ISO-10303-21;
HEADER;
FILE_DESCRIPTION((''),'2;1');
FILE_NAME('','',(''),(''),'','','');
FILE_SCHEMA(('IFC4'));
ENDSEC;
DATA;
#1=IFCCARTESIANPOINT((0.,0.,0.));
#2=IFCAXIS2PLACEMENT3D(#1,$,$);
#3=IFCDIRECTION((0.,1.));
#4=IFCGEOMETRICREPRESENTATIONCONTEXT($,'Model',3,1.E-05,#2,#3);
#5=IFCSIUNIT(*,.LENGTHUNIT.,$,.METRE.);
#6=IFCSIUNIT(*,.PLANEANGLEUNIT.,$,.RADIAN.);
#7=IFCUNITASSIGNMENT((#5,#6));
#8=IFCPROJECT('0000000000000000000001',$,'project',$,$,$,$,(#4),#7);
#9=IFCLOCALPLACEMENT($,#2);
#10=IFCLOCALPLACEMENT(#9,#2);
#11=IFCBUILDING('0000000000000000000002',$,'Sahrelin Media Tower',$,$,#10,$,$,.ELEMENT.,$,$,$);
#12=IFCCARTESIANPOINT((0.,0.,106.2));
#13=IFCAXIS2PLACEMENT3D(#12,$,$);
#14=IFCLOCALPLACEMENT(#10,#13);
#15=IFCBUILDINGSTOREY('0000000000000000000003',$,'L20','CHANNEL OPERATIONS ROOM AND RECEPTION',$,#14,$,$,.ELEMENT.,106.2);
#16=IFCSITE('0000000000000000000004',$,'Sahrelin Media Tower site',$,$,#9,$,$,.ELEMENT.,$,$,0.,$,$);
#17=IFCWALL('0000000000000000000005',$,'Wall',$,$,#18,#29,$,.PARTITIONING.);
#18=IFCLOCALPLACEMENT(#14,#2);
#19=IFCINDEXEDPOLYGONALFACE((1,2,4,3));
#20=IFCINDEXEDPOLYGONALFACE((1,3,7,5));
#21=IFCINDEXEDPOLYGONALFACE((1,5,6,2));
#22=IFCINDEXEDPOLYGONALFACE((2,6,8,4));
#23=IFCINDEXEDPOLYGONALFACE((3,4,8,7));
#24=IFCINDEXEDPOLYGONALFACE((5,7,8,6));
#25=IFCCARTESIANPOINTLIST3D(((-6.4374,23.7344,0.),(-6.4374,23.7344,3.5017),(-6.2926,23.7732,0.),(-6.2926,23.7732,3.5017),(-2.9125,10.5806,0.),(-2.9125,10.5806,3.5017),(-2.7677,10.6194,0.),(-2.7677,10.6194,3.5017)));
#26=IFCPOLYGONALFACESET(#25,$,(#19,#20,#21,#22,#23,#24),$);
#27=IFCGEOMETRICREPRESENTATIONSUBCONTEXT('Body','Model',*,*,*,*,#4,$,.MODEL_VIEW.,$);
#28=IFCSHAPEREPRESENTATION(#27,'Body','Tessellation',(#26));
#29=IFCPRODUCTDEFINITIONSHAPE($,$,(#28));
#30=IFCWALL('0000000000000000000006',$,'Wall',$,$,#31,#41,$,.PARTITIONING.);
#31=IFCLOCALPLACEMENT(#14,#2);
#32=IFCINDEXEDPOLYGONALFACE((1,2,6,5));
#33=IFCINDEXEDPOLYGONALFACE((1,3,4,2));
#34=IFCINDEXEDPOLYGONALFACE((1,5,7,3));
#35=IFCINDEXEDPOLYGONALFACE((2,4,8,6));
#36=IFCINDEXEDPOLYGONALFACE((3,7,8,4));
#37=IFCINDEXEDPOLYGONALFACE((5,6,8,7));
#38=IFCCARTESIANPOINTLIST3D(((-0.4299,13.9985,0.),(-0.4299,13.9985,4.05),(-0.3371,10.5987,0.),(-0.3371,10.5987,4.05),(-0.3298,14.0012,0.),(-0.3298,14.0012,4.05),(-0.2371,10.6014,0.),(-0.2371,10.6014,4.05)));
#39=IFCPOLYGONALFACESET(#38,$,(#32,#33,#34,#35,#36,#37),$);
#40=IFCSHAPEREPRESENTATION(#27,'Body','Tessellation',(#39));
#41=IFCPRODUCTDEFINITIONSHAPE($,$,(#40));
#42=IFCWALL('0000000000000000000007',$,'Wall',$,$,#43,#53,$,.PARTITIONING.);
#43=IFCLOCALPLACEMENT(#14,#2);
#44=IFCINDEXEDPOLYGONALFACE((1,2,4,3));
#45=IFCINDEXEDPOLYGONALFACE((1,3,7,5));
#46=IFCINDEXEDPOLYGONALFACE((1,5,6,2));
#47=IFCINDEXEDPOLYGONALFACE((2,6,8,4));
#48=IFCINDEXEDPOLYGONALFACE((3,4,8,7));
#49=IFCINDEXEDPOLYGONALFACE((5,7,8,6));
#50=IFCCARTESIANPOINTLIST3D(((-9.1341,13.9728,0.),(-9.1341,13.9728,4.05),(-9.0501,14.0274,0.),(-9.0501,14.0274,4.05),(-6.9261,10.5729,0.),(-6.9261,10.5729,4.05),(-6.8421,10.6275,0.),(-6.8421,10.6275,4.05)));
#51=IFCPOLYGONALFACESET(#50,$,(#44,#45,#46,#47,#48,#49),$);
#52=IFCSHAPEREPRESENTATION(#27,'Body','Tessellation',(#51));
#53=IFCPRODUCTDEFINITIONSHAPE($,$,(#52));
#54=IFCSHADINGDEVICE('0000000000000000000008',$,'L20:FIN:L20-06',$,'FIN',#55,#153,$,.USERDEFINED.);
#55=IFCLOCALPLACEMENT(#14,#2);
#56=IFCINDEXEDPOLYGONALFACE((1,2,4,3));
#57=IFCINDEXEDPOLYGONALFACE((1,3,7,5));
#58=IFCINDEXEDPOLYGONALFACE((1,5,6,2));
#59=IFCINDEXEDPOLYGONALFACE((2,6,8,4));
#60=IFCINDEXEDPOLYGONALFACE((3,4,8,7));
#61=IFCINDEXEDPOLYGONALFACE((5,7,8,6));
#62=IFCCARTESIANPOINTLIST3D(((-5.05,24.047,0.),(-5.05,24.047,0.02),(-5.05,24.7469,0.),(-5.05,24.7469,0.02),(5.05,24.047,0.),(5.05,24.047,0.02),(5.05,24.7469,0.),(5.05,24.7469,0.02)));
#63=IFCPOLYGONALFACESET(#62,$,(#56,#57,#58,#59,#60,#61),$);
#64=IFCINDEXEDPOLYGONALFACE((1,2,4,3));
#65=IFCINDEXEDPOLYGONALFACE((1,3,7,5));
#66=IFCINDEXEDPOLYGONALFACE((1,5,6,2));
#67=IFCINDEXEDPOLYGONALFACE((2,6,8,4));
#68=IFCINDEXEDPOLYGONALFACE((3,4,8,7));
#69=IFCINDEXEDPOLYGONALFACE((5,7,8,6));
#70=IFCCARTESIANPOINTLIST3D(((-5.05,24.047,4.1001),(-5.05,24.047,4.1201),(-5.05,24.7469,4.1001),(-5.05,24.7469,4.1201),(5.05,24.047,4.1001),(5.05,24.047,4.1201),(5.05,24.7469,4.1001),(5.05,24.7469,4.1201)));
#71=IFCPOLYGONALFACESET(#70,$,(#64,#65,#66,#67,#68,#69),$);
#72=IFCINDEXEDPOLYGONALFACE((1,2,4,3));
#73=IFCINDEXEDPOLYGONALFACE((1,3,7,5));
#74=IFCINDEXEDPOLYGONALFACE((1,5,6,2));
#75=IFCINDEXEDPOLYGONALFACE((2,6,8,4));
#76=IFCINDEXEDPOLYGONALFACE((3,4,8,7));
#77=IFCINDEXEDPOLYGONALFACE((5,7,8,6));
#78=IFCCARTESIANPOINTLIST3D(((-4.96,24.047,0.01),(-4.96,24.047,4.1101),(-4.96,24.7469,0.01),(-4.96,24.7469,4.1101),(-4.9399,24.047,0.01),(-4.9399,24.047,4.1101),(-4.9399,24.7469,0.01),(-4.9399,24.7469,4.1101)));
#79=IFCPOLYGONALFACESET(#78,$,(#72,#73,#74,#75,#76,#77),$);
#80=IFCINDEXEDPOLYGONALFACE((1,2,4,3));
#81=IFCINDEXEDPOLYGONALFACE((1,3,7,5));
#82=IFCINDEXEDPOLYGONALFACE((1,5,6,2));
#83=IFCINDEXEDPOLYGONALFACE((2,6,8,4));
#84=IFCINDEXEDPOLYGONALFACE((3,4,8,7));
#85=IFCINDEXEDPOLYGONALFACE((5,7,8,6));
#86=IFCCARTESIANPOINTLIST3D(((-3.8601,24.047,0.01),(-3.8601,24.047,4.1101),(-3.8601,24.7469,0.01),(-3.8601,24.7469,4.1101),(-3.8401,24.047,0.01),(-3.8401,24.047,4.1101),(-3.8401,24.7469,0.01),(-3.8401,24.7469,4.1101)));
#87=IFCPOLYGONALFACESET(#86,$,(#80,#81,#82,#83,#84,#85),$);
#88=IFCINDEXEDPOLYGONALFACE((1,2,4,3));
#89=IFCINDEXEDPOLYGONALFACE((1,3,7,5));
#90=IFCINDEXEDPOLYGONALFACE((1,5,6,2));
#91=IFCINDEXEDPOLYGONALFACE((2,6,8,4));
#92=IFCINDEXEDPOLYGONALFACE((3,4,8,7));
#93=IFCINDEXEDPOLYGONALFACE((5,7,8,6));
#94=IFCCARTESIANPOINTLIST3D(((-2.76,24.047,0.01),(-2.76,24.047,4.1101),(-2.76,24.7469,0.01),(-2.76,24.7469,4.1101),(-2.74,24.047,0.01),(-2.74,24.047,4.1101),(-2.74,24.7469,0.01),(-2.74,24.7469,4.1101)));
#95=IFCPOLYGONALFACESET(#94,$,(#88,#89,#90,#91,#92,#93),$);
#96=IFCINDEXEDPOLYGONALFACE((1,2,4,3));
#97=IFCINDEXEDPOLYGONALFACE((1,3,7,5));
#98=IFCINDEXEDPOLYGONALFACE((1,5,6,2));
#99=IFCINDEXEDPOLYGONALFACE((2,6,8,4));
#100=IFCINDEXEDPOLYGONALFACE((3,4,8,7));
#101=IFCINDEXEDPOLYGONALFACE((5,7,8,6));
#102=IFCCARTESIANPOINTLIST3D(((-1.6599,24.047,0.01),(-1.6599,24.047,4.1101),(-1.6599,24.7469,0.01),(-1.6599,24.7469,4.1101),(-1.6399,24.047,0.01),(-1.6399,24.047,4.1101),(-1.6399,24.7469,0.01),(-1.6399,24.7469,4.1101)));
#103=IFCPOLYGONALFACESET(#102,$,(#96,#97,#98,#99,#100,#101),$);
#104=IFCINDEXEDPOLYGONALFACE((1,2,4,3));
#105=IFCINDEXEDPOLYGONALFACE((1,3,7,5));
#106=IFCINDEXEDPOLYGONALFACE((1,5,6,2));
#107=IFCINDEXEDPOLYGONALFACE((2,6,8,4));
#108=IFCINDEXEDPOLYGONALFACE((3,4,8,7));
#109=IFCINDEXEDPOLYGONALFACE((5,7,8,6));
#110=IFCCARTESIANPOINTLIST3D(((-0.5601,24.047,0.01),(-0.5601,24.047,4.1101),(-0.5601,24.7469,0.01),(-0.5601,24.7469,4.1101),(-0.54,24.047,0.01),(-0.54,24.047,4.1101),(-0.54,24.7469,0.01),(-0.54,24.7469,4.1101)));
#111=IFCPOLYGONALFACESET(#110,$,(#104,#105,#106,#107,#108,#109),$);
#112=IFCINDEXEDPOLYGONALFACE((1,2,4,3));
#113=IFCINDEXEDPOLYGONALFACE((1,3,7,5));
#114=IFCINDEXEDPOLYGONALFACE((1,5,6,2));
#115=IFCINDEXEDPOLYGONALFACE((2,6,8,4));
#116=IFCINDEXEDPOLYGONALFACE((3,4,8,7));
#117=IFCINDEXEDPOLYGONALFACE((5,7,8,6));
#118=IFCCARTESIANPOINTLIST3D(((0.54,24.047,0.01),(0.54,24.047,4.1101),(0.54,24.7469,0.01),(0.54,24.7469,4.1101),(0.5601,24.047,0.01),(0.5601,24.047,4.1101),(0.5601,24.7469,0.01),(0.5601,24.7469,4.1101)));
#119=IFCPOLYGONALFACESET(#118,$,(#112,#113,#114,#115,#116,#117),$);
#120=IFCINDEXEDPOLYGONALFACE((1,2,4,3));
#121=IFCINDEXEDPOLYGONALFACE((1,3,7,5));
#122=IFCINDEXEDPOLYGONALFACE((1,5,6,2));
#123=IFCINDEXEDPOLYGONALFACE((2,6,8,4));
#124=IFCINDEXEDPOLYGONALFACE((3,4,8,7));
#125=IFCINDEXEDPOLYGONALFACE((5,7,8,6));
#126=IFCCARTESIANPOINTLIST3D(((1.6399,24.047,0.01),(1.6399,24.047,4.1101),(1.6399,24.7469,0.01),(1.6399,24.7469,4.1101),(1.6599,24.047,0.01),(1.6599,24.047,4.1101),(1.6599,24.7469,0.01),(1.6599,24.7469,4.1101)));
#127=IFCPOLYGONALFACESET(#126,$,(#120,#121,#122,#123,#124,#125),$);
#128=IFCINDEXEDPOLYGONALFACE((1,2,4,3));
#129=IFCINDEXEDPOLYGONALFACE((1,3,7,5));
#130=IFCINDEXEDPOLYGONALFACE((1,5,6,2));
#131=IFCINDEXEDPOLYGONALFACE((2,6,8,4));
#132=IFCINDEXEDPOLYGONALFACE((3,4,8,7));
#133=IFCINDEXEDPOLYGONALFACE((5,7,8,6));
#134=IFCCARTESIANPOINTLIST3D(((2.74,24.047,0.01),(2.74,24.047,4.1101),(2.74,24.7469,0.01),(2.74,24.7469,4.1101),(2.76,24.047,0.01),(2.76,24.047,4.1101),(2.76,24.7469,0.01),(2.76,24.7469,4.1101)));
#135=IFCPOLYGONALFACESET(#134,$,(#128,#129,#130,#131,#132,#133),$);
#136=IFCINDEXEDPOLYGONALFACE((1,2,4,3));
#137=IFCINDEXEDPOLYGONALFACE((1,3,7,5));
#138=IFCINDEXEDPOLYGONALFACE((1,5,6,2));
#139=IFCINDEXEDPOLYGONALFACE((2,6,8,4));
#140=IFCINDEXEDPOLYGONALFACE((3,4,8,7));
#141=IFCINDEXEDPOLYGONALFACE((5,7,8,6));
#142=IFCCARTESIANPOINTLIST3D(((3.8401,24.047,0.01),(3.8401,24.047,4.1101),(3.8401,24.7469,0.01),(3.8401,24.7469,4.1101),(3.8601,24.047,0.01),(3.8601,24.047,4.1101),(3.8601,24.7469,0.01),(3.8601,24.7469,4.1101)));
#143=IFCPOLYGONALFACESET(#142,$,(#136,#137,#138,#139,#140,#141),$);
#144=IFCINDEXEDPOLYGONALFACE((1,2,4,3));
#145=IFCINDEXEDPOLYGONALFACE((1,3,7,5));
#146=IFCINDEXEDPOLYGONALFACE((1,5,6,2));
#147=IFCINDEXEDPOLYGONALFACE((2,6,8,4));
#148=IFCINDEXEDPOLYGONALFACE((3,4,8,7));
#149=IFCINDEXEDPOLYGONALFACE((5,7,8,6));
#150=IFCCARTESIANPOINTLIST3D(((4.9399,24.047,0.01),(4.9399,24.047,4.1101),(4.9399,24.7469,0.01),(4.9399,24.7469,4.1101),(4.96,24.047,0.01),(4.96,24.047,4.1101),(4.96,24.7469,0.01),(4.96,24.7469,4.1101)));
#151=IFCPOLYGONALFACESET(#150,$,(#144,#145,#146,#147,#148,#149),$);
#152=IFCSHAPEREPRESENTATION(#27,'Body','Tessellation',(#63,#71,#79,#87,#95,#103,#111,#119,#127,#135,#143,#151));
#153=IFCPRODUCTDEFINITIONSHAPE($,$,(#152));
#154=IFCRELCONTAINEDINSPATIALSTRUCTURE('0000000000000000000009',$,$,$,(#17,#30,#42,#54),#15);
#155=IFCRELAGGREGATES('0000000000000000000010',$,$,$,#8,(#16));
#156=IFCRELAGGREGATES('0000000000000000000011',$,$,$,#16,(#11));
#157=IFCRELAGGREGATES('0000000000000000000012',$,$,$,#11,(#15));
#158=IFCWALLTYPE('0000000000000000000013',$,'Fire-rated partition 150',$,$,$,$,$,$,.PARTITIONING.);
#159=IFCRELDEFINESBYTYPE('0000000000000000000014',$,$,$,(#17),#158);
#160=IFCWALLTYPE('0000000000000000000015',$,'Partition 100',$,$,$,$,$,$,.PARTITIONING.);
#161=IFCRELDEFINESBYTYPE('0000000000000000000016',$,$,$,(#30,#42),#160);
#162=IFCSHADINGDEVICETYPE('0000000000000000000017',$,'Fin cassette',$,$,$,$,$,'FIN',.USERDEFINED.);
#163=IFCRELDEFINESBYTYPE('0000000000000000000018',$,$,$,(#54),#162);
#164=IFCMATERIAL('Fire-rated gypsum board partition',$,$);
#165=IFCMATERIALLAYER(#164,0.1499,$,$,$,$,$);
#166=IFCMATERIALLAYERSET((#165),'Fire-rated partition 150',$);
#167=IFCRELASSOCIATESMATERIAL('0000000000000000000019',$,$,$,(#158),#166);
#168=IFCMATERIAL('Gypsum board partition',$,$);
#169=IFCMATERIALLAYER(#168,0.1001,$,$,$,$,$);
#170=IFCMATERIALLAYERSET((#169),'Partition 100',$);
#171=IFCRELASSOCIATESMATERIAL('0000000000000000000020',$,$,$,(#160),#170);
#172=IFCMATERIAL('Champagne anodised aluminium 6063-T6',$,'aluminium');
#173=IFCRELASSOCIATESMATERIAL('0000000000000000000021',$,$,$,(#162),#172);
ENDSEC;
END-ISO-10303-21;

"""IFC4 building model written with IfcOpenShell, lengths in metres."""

from ifc_helpers import new_model, si_unit, direction, frame, frame_2d, origin, origin_2d, place, context, subcontext, project, spatial, rectangle, extrude, material, layer, layer_set, type_object, element, save


model = new_model("IFC4")

# Units and contexts
model_context = context("Model", 3, precision=1e-05, world=origin(), true_north=direction((0.0, 1.0)))
body_context = subcontext(model_context, "Body", "Model", "MODEL_VIEW")
ifc_project = project(units=[si_unit("LENGTHUNIT", "METRE"), si_unit("PLANEANGLEUNIT", "RADIAN")], contexts=[model_context])

# Site, building, storey
site_placement = place(None, origin())
site = spatial("IfcSite", under=ifc_project, at=site_placement, Name="Sahrelin Media Tower site", CompositionType="ELEMENT", RefElevation=0.0)
building_placement = place(site_placement, origin())
building = spatial("IfcBuilding", under=site, at=building_placement, Name="Sahrelin Media Tower", CompositionType="ELEMENT")
storey_placement = place(building_placement, frame((0.0, 0.0, 106.2)))
storey = spatial("IfcBuildingStorey", under=building, at=storey_placement, Name="L20", Description="CHANNEL OPERATIONS ROOM AND RECEPTION", CompositionType="ELEMENT", Elevation=106.2)

# Shared definitions
ifc_material_1 = material(Name="Champagne anodised aluminium 6063-T6", Category="aluminium")
placement_1 = place(storey_placement, frame((0.0, 23.9771, 0.0), z_axis=(0.0, 0.0, 1.0), x_axis=(1.0, 0.0, 0.0)))

# Walls
ifc_material_2 = material(Name="Fire-rated gypsum board partition")
ifc_layer_1 = layer(ifc_material_2, 0.1499)
ifc_layer_set_1 = layer_set([ifc_layer_1], Name="Fire-rated partition 150")
wall_type_1 = type_object("IfcWallType", Name="Fire-rated partition 150", PredefinedType="PARTITIONING", material=ifc_layer_set_1)
wall_1_placement = place(storey_placement, frame((-6.365, 23.7539, 0.0), z_axis=(0.0, 0.0, 1.0), x_axis=(0.258843, -0.965919, 0.0)))
element("IfcWall", 1, at=wall_1_placement, inside=storey, type_object=wall_type_1, Name="Wall", PredefinedType="PARTITIONING", context=body_context, shape_type="SweptSolid", body=[
    extrude(rectangle(XDim=13.6179, YDim=0.1499, at=frame_2d((6.8091, 0.0))), origin(), (0.0, 0.0, 1.0), 3.5017),
])
ifc_material_3 = material(Name="Gypsum board partition")
ifc_layer_2 = layer(ifc_material_3, 0.1001)
ifc_layer_set_2 = layer_set([ifc_layer_2], Name="Partition 100")
wall_type_2 = type_object("IfcWallType", Name="Partition 100", PredefinedType="PARTITIONING", material=ifc_layer_set_2)
wall_2_placement = place(storey_placement, frame((-0.3799, 14.0, 0.0), z_axis=(0.0, 0.0, 1.0), x_axis=(0.027277, -0.999628, 0.0)))
element("IfcWall", 2, at=wall_2_placement, inside=storey, type_object=wall_type_2, Name="Wall", PredefinedType="PARTITIONING", context=body_context, shape_type="SweptSolid", body=[
    extrude(rectangle(XDim=3.4011, YDim=0.1001, at=frame_2d((1.7007, 0.0))), origin(), (0.0, 0.0, 1.0), 4.05),
])
wall_3_placement = place(storey_placement, frame((-9.092, 14.0, 0.0), z_axis=(0.0, 0.0, 1.0), x_axis=(0.544654, -0.838661, 0.0)))
element("IfcWall", 3, at=wall_3_placement, inside=storey, type_object=wall_type_2, Name="Wall", PredefinedType="PARTITIONING", context=body_context, shape_type="SweptSolid", body=[
    extrude(rectangle(XDim=4.054, YDim=0.1001, at=frame_2d((2.0269, 0.0))), origin(), (0.0, 0.0, 1.0), 4.05),
])

# Shading device
shading_device_type_1 = type_object("IfcShadingDeviceType", Name="Fin cassette", ElementType="FIN", PredefinedType="USERDEFINED", material=ifc_material_1)
element("IfcShadingDevice", 4, at=placement_1, inside=storey, type_object=shading_device_type_1, Name="L20:FIN:L20-06", ObjectType="FIN", PredefinedType="USERDEFINED", context=body_context, shape_type="SweptSolid", body=[
    extrude(rectangle(XDim=10.1001, YDim=0.7, at=origin_2d()), frame((0.0, 0.4199, 0.0)), (0.0, 0.0, 1.0), 0.02),
    extrude(rectangle(XDim=10.1001, YDim=0.7, at=origin_2d()), frame((0.0, 0.4199, 4.1001)), (0.0, 0.0, 1.0), 0.02),
    extrude(rectangle(XDim=0.02, YDim=0.7, at=origin_2d()), frame((-4.95, 0.4199, 0.01), z_axis=(0.0, 0.0, 1.0), x_axis=(1.0, 0.0, 0.0)), (0.0, 0.0, 1.0), 4.1001),
    extrude(rectangle(XDim=0.02, YDim=0.7, at=origin_2d()), frame((-3.8501, 0.4199, 0.01), z_axis=(0.0, 0.0, 1.0), x_axis=(1.0, 0.0, 0.0)), (0.0, 0.0, 1.0), 4.1001),
    extrude(rectangle(XDim=0.02, YDim=0.7, at=origin_2d()), frame((-2.75, 0.4199, 0.01), z_axis=(0.0, 0.0, 1.0), x_axis=(1.0, 0.0, 0.0)), (0.0, 0.0, 1.0), 4.1001),
    extrude(rectangle(XDim=0.02, YDim=0.7, at=origin_2d()), frame((-1.6499, 0.4199, 0.01), z_axis=(0.0, 0.0, 1.0), x_axis=(1.0, 0.0, 0.0)), (0.0, 0.0, 1.0), 4.1001),
    extrude(rectangle(XDim=0.02, YDim=0.7, at=origin_2d()), frame((-0.55, 0.4199, 0.01), z_axis=(0.0, 0.0, 1.0), x_axis=(1.0, 0.0, 0.0)), (0.0, 0.0, 1.0), 4.1001),
    extrude(rectangle(XDim=0.02, YDim=0.7, at=origin_2d()), frame((0.55, 0.4199, 0.01), z_axis=(0.0, 0.0, 1.0), x_axis=(1.0, 0.0, 0.0)), (0.0, 0.0, 1.0), 4.1001),
    extrude(rectangle(XDim=0.02, YDim=0.7, at=origin_2d()), frame((1.6499, 0.4199, 0.01), z_axis=(0.0, 0.0, 1.0), x_axis=(1.0, 0.0, 0.0)), (0.0, 0.0, 1.0), 4.1001),
    extrude(rectangle(XDim=0.02, YDim=0.7, at=origin_2d()), frame((2.75, 0.4199, 0.01), z_axis=(0.0, 0.0, 1.0), x_axis=(1.0, 0.0, 0.0)), (0.0, 0.0, 1.0), 4.1001),
    extrude(rectangle(XDim=0.02, YDim=0.7, at=origin_2d()), frame((3.8501, 0.4199, 0.01), z_axis=(0.0, 0.0, 1.0), x_axis=(1.0, 0.0, 0.0)), (0.0, 0.0, 1.0), 4.1001),
    extrude(rectangle(XDim=0.02, YDim=0.7, at=origin_2d()), frame((4.95, 0.4199, 0.01), z_axis=(0.0, 0.0, 1.0), x_axis=(1.0, 0.0, 0.0)), (0.0, 0.0, 1.0), 4.1001),
])

save(model, "model.ifc")
